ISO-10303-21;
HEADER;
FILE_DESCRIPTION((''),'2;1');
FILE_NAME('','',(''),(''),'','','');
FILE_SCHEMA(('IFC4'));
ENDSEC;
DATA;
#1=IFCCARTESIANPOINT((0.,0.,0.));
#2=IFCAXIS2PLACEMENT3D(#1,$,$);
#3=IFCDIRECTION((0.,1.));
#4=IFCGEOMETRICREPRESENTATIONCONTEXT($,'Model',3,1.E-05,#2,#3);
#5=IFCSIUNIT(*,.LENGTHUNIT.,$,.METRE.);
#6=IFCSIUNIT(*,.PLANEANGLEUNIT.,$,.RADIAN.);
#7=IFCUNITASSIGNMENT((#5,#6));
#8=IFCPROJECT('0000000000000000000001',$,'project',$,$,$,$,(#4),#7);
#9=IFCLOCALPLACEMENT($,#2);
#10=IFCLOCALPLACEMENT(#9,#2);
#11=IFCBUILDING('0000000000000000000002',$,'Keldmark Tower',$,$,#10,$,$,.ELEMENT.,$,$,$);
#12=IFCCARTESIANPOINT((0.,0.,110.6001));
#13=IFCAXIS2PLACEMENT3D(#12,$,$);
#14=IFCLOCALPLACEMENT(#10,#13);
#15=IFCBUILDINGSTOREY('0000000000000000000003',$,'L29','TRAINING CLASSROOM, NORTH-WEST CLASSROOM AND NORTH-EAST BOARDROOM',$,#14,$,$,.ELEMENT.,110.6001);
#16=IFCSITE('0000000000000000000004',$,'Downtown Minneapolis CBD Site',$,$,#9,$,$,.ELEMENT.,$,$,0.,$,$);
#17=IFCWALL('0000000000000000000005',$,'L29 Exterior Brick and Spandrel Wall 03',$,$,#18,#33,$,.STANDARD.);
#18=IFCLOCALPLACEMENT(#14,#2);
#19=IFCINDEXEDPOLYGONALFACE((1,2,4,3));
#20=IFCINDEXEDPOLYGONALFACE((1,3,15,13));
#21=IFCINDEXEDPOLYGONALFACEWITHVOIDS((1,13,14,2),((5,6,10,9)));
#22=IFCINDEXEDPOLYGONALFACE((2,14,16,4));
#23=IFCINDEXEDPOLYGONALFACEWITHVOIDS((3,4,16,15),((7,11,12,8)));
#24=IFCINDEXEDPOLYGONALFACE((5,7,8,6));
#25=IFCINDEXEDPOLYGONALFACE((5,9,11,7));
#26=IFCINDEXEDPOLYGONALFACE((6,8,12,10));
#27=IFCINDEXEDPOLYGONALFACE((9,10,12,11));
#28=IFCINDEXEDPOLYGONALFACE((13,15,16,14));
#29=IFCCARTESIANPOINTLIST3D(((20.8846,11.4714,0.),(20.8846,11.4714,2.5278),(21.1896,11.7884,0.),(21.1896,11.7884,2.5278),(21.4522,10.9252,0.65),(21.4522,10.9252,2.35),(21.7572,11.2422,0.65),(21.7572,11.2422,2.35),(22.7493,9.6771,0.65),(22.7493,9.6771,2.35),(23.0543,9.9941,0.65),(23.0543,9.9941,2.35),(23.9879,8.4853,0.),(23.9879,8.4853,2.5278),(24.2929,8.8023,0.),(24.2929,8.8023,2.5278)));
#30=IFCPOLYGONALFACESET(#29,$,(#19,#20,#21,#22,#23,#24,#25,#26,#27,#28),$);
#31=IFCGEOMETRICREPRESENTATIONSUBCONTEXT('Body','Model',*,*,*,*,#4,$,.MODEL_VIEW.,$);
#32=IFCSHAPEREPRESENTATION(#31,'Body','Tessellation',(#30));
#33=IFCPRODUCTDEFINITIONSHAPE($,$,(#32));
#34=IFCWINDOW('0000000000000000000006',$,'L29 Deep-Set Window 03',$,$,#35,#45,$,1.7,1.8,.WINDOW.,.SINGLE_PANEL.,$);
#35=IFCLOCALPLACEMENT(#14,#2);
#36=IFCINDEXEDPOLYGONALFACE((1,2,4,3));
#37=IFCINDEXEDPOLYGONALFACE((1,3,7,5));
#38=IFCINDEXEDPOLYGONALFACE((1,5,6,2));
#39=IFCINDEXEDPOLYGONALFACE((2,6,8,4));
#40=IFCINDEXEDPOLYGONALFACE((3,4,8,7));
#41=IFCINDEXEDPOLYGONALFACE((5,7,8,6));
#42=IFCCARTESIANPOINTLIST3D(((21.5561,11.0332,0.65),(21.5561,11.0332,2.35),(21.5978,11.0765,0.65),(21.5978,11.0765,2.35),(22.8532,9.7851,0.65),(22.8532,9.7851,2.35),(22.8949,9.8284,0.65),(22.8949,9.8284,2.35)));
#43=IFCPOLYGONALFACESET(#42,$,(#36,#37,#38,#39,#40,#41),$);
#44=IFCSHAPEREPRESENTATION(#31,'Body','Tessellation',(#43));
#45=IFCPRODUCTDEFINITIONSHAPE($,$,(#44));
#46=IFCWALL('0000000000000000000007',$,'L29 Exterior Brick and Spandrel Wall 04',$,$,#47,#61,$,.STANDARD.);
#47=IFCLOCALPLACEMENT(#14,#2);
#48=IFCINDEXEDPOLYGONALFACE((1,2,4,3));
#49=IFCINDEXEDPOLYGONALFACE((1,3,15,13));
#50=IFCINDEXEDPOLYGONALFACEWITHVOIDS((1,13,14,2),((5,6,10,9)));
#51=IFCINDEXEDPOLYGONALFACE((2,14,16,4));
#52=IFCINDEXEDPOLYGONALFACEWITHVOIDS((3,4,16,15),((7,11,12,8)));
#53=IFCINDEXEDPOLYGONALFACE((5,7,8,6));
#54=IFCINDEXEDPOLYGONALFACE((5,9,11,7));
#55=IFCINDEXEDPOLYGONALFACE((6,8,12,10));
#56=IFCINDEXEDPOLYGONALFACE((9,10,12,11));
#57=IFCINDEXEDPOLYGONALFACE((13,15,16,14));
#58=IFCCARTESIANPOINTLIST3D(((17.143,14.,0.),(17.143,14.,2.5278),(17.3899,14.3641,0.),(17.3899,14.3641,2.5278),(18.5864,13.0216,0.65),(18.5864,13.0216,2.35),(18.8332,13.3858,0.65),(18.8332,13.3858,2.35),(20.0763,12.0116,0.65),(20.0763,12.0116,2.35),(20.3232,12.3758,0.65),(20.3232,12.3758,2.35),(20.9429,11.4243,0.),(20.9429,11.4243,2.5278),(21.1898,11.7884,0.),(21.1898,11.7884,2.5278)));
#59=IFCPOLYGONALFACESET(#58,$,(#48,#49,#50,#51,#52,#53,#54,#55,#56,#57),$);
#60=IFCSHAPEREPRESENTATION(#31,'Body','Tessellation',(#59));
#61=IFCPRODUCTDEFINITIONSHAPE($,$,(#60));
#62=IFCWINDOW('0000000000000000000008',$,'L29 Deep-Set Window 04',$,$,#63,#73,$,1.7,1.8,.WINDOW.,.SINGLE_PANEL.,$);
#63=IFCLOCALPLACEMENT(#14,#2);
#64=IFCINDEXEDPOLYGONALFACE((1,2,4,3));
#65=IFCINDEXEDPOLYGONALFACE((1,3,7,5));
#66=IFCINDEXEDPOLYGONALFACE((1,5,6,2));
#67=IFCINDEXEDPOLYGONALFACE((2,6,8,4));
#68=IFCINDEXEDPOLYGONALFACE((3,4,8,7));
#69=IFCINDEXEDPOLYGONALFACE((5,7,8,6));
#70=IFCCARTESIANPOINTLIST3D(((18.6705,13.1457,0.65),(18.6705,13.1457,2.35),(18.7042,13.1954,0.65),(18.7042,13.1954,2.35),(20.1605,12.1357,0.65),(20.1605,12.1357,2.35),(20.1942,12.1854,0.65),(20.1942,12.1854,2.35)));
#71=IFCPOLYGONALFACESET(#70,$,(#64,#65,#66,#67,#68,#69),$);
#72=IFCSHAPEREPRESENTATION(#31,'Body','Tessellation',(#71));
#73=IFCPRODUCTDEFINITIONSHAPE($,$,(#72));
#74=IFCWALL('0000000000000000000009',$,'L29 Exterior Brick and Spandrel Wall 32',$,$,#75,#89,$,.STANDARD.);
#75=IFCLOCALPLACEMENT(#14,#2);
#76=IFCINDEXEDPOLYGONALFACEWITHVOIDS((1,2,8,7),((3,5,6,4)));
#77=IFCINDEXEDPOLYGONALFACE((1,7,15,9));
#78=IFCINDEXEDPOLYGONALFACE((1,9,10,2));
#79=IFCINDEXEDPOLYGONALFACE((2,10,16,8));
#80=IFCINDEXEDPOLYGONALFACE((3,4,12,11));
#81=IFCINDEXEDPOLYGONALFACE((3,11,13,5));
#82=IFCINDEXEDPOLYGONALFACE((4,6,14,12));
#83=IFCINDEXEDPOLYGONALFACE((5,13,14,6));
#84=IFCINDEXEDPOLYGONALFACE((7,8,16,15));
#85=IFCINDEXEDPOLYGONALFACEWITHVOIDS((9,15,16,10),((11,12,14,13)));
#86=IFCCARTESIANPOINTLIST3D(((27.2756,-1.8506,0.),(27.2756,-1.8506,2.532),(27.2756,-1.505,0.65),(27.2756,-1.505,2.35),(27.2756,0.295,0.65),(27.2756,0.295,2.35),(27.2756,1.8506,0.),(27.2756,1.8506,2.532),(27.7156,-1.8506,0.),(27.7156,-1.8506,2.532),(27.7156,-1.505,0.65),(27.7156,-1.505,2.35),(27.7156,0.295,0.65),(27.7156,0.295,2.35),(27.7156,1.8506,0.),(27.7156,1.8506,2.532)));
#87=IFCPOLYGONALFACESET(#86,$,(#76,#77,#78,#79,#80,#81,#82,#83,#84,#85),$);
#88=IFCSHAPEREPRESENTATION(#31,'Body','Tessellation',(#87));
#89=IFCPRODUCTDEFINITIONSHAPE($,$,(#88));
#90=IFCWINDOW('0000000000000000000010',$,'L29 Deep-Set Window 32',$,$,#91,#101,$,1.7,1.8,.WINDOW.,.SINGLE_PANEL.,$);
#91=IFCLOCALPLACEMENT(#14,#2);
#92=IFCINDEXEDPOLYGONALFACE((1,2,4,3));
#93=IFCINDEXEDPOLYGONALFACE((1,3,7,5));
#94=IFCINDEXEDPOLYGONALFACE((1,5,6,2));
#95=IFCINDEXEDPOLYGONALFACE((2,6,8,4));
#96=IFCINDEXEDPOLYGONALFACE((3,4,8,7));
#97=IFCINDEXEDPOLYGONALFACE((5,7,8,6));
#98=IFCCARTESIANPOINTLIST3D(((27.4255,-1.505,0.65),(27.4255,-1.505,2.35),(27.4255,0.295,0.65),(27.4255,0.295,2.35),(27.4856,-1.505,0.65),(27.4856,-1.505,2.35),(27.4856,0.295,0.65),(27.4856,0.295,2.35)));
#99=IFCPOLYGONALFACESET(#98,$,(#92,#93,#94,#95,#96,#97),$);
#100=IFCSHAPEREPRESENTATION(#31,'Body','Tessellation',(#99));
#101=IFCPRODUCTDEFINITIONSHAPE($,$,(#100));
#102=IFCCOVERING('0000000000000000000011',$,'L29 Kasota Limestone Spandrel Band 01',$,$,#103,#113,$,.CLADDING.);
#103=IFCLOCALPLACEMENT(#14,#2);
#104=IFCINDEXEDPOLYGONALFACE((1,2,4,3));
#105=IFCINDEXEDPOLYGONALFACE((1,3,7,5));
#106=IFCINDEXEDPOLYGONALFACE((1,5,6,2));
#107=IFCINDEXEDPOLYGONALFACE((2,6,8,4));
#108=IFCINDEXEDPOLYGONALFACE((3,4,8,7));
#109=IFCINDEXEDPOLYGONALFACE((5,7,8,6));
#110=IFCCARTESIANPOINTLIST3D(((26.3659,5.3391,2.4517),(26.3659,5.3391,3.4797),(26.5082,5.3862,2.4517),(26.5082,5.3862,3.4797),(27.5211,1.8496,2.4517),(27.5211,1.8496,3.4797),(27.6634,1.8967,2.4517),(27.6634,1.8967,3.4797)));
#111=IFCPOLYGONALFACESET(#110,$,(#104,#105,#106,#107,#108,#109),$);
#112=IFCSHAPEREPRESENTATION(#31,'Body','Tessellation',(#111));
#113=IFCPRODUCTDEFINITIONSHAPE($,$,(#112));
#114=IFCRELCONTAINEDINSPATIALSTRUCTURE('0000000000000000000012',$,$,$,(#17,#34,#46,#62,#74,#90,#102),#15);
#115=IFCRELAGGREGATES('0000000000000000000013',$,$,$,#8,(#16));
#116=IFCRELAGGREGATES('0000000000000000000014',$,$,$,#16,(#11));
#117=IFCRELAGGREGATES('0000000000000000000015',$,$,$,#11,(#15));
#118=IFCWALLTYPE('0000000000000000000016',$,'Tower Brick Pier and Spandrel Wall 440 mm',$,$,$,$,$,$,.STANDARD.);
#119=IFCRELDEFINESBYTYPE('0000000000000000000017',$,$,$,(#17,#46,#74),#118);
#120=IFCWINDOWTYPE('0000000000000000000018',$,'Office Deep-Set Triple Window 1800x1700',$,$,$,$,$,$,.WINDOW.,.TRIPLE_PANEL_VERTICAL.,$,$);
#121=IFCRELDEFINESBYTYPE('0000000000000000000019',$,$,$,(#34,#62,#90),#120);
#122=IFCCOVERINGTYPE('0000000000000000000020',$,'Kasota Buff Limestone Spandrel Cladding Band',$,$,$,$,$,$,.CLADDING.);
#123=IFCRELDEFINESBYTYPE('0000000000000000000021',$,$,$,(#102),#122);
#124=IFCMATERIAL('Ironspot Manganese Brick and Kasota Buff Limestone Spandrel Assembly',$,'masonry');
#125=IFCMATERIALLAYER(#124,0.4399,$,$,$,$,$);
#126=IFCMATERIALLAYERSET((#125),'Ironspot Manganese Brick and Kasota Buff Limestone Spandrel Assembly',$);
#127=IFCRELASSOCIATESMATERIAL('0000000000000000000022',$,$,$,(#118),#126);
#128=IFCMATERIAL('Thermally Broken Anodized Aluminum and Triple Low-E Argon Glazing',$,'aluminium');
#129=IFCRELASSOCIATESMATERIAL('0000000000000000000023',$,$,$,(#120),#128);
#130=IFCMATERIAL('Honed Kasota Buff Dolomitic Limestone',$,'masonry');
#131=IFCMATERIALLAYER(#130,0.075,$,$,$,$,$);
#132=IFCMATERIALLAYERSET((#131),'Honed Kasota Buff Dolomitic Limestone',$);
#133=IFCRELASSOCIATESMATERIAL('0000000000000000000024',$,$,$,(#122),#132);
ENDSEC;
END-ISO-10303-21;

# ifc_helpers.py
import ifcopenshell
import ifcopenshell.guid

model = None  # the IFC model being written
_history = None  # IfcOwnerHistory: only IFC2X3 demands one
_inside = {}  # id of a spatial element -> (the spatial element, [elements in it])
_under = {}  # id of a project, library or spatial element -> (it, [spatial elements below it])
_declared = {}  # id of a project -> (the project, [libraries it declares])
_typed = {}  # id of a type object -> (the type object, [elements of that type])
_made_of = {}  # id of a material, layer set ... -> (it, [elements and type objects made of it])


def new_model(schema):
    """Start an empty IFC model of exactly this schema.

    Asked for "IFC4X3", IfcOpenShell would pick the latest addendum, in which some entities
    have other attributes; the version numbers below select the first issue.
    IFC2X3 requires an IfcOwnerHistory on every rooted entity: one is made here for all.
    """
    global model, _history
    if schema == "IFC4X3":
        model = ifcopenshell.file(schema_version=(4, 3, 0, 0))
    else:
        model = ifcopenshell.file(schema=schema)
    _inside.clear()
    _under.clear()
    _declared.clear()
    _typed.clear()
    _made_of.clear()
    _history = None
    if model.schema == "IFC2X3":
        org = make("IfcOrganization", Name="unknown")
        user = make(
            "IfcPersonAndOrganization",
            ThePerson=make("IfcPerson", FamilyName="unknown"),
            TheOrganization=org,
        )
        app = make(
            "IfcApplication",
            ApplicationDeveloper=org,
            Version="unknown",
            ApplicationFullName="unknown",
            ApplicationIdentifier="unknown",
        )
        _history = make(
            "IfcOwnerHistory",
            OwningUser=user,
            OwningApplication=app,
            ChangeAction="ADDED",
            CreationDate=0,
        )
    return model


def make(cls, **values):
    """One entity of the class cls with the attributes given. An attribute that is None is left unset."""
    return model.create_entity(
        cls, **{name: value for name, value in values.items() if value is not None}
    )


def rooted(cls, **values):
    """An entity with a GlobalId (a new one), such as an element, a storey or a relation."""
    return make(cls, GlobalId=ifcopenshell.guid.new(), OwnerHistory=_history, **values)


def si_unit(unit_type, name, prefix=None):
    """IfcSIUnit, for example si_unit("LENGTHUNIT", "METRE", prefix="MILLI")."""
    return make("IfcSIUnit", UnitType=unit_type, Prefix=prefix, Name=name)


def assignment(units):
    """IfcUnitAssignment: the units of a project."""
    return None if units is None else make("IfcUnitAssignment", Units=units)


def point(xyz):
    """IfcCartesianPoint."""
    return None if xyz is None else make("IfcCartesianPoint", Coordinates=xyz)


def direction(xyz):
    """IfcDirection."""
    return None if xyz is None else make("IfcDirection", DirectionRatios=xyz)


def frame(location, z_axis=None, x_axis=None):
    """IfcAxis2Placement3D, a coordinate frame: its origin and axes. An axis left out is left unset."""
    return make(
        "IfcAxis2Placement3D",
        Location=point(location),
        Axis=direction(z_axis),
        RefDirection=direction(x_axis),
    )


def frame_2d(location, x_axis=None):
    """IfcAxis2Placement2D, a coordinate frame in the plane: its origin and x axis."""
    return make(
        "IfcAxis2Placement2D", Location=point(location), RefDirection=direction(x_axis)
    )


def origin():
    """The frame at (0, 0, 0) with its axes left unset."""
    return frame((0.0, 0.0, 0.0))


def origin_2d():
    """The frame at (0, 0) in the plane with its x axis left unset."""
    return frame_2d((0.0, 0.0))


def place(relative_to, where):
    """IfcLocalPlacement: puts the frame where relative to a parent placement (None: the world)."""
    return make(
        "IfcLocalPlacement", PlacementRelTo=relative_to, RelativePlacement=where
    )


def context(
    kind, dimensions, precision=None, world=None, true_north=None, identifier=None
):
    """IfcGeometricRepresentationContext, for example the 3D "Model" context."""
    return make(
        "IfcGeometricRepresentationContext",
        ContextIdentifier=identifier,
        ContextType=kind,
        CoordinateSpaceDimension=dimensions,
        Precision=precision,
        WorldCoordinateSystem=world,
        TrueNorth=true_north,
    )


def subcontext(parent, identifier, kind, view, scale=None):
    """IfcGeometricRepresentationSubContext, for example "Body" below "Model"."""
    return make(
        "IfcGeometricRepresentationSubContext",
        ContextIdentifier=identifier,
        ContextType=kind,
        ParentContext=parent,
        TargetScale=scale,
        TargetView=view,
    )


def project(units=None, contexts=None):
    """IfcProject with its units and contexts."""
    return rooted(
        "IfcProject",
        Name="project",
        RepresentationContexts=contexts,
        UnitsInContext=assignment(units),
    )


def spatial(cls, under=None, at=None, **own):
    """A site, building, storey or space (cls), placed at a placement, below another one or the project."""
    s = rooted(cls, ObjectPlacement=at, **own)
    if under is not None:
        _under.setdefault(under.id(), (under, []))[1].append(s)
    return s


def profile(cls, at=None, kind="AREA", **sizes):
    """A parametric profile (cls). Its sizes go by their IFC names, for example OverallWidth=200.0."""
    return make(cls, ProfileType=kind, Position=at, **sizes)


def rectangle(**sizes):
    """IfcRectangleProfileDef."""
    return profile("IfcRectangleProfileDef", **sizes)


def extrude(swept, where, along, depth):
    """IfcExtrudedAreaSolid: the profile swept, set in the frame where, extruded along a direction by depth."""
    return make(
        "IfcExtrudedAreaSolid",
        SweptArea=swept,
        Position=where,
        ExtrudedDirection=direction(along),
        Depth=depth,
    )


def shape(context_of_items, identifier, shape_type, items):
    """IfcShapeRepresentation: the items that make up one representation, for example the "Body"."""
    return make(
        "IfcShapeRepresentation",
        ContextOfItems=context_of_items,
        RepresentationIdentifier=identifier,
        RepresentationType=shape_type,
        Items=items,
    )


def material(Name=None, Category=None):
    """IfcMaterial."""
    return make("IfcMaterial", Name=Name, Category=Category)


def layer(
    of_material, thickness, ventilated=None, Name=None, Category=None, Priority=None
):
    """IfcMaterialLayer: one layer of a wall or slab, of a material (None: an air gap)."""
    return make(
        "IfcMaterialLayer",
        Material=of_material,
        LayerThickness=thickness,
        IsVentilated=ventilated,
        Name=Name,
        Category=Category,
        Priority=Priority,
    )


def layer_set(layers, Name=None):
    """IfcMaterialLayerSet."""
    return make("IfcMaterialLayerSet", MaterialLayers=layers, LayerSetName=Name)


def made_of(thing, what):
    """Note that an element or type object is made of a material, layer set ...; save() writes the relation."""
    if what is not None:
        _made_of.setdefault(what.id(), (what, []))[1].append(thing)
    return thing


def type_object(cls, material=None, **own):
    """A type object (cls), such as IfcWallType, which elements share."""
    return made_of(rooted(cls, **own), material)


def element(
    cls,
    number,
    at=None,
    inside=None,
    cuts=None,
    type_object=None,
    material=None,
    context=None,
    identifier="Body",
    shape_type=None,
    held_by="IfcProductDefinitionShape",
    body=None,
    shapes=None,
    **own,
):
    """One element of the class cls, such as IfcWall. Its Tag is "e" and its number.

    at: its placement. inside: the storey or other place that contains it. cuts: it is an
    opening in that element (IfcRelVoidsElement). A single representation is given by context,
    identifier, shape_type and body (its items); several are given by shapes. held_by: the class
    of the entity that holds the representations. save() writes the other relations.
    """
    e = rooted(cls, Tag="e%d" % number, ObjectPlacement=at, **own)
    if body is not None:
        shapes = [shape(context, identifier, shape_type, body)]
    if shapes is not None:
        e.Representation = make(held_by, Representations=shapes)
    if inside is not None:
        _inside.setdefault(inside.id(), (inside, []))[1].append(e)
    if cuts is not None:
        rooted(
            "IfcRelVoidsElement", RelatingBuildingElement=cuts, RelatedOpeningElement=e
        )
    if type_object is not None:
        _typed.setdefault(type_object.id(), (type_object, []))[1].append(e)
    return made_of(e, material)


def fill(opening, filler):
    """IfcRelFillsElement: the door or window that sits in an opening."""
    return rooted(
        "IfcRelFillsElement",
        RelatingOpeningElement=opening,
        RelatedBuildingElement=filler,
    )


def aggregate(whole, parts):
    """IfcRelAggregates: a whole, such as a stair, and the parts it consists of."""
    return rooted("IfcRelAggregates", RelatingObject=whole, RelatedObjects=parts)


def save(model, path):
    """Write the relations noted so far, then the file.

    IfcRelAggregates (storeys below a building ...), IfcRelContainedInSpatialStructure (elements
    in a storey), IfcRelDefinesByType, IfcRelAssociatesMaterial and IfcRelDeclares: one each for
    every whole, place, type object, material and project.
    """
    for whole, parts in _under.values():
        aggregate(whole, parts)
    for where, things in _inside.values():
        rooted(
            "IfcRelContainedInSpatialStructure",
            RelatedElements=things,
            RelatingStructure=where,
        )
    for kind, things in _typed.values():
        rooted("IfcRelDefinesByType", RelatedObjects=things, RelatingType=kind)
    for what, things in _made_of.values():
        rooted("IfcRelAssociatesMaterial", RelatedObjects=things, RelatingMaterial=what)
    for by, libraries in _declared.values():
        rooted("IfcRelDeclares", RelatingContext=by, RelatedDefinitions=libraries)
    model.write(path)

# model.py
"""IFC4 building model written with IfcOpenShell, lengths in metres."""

from ifc_helpers import new_model, si_unit, direction, frame, frame_2d, origin, origin_2d, place, context, subcontext, project, spatial, rectangle, extrude, material, layer, layer_set, type_object, element, fill, save


model = new_model("IFC4")

# Units and contexts
model_context = context("Model", 3, precision=1e-05, world=origin(), true_north=direction((0.0, 1.0)))
body_context = subcontext(model_context, "Body", "Model", "MODEL_VIEW")
ifc_project = project(units=[si_unit("LENGTHUNIT", "METRE"), si_unit("PLANEANGLEUNIT", "RADIAN")], contexts=[model_context])

# Site, building, storey
site_placement = place(None, origin())
site = spatial("IfcSite", under=ifc_project, at=site_placement, Name="Downtown Minneapolis CBD Site", CompositionType="ELEMENT", RefElevation=0.0)
building_placement = place(site_placement, origin())
building = spatial("IfcBuilding", under=site, at=building_placement, Name="Keldmark Tower", CompositionType="ELEMENT")
storey_placement = place(building_placement, frame((0.0, 0.0, 110.6001)))
storey = spatial("IfcBuildingStorey", under=building, at=storey_placement, Name="L29", Description="TRAINING CLASSROOM, NORTH-WEST CLASSROOM AND NORTH-EAST BOARDROOM", CompositionType="ELEMENT", Elevation=110.6001)

# Walls, openings, windows
ifc_material_1 = material(Name="Ironspot Manganese Brick and Kasota Buff Limestone Spandrel Assembly", Category="masonry")
ifc_layer_1 = layer(ifc_material_1, 0.4399)
ifc_layer_set_1 = layer_set([ifc_layer_1], Name="Ironspot Manganese Brick and Kasota Buff Limestone Spandrel Assembly")
wall_type = type_object("IfcWallType", Name="Tower Brick Pier and Spandrel Wall 440 mm", PredefinedType="STANDARD", material=ifc_layer_set_1)
ifc_material_2 = material(Name="Thermally Broken Anodized Aluminum and Triple Low-E Argon Glazing", Category="aluminium")
window_type_1 = type_object("IfcWindowType", Name="Office Deep-Set Triple Window 1800x1700", PartitioningType="TRIPLE_PANEL_VERTICAL", PredefinedType="WINDOW", material=ifc_material_2)
wall_1_placement = place(storey_placement, frame((21.0371, 11.6299, 0.0), z_axis=(0.0, 0.0, 1.0), x_axis=(0.720581, -0.69337, 0.0)))
wall_1 = element("IfcWall", 1, at=wall_1_placement, inside=storey, type_object=wall_type, Name="L29 Exterior Brick and Spandrel Wall 03", PredefinedType="STANDARD", context=body_context, shape_type="SweptSolid", body=[
    extrude(rectangle(XDim=4.3066, YDim=0.4399, at=frame_2d((2.1533, 0.0))), origin(), (0.0, 0.0, 1.0), 2.5278),
])
opening_1_placement = place(wall_1_placement, frame((0.7878, 0.0, 0.6499)))
opening_1 = element("IfcOpeningElement", 2, at=opening_1_placement, cuts=wall_1, PredefinedType="OPENING", context=body_context, shape_type="SweptSolid", body=[
    extrude(rectangle(XDim=1.8, YDim=1.7, at=frame_2d((0.8999, 0.8501))), frame((0.0, 0.23, 0.0), z_axis=(0.0, -1.0, 0.0), x_axis=(1.0, 0.0, 0.0)), (0.0, 0.0, 1.0), 0.46),
])
window_1_placement = place(opening_1_placement, origin())
window_1 = element("IfcWindow", 3, at=window_1_placement, inside=storey, type_object=window_type_1, Name="L29 Deep-Set Window 03", OverallHeight=1.7, OverallWidth=1.8, PartitioningType="SINGLE_PANEL", PredefinedType="WINDOW", context=body_context, shape_type="SweptSolid", body=[
    extrude(rectangle(XDim=1.8, YDim=1.7, at=frame_2d((0.8999, 0.8501))), frame((0.0, -0.01, 0.0), z_axis=(0.0, -1.0, 0.0), x_axis=(1.0, 0.0, 0.0)), (0.0, 0.0, 1.0), 0.0601),
])
fill(opening_1, window_1)
wall_2_placement = place(storey_placement, frame((17.2664, 14.1821, 0.0), z_axis=(0.0, 0.0, 1.0), x_axis=(0.827755, -0.56109, 0.0)))
wall_2 = element("IfcWall", 4, at=wall_2_placement, inside=storey, type_object=wall_type, Name="L29 Exterior Brick and Spandrel Wall 04", PredefinedType="STANDARD", context=body_context, shape_type="SweptSolid", body=[
    extrude(rectangle(XDim=4.5906, YDim=0.4399, at=frame_2d((2.2954, 0.0))), origin(), (0.0, 0.0, 1.0), 2.5278),
])
opening_2_placement = place(wall_2_placement, frame((1.7439, 0.0, 0.6499)))
opening_2 = element("IfcOpeningElement", 5, at=opening_2_placement, cuts=wall_2, PredefinedType="OPENING", context=body_context, shape_type="SweptSolid", body=[
    extrude(rectangle(XDim=1.8, YDim=1.7, at=frame_2d((0.8999, 0.8501))), frame((0.0, 0.23, 0.0), z_axis=(0.0, -1.0, 0.0), x_axis=(1.0, 0.0, 0.0)), (0.0, 0.0, 1.0), 0.46),
])
window_2_placement = place(opening_2_placement, origin())
window_2 = element("IfcWindow", 6, at=window_2_placement, inside=storey, type_object=window_type_1, Name="L29 Deep-Set Window 04", OverallHeight=1.7, OverallWidth=1.8, PartitioningType="SINGLE_PANEL", PredefinedType="WINDOW", context=body_context, shape_type="SweptSolid", body=[
    extrude(rectangle(XDim=1.8, YDim=1.7, at=frame_2d((0.8999, 0.8501))), frame((0.0, -0.01, 0.0), z_axis=(0.0, -1.0, 0.0), x_axis=(1.0, 0.0, 0.0)), (0.0, 0.0, 1.0), 0.0601),
])
fill(opening_2, window_2)
wall_3_placement = place(storey_placement, frame((27.4956, 1.8506, 0.0), z_axis=(0.0, 0.0, 1.0), x_axis=(0.0, -1.0, 0.0)))
wall_3 = element("IfcWall", 7, at=wall_3_placement, inside=storey, type_object=wall_type, Name="L29 Exterior Brick and Spandrel Wall 32", PredefinedType="STANDARD", context=body_context, shape_type="SweptSolid", body=[
    extrude(rectangle(XDim=3.7012, YDim=0.4399, at=frame_2d((1.8506, 0.0))), origin(), (0.0, 0.0, 1.0), 2.532),
])
opening_3_placement = place(wall_3_placement, frame((1.5557, 0.0, 0.6499)))
opening_3 = element("IfcOpeningElement", 8, at=opening_3_placement, cuts=wall_3, PredefinedType="OPENING", context=body_context, shape_type="SweptSolid", body=[
    extrude(rectangle(XDim=1.8, YDim=1.7, at=frame_2d((0.8999, 0.8501))), frame((0.0, 0.23, 0.0), z_axis=(0.0, -1.0, 0.0), x_axis=(1.0, 0.0, 0.0)), (0.0, 0.0, 1.0), 0.46),
])
window_3_placement = place(opening_3_placement, origin())
window_3 = element("IfcWindow", 9, at=window_3_placement, inside=storey, type_object=window_type_1, Name="L29 Deep-Set Window 32", OverallHeight=1.7, OverallWidth=1.8, PartitioningType="SINGLE_PANEL", PredefinedType="WINDOW", context=body_context, shape_type="SweptSolid", body=[
    extrude(rectangle(XDim=1.8, YDim=1.7, at=frame_2d((0.8999, 0.8501))), frame((0.0, -0.01, 0.0), z_axis=(0.0, -1.0, 0.0), x_axis=(1.0, 0.0, 0.0)), (0.0, 0.0, 1.0), 0.0601),
])
fill(opening_3, window_3)

# Covering
ifc_material_3 = material(Name="Honed Kasota Buff Dolomitic Limestone", Category="masonry")
ifc_layer_2 = layer(ifc_material_3, 0.075)
ifc_layer_set_2 = layer_set([ifc_layer_2], Name="Honed Kasota Buff Dolomitic Limestone")
covering_type = type_object("IfcCoveringType", Name="Kasota Buff Limestone Spandrel Cladding Band", PredefinedType="CLADDING", material=ifc_layer_set_2)
covering_placement = place(storey_placement, frame((27.0146, 3.6179, 2.4517), z_axis=(0.0, 0.0, 1.0), x_axis=(-0.314291, 0.949327, 0.0)))
element("IfcCovering", 10, at=covering_placement, inside=storey, type_object=covering_type, Name="L29 Kasota Limestone Spandrel Band 01", PredefinedType="CLADDING", context=body_context, shape_type="SweptSolid", body=[
    extrude(rectangle(XDim=3.6758, YDim=0.1499, at=origin_2d()), origin(), (0.0, 0.0, 1.0), 1.0281),
])

save(model, "model.ifc")
